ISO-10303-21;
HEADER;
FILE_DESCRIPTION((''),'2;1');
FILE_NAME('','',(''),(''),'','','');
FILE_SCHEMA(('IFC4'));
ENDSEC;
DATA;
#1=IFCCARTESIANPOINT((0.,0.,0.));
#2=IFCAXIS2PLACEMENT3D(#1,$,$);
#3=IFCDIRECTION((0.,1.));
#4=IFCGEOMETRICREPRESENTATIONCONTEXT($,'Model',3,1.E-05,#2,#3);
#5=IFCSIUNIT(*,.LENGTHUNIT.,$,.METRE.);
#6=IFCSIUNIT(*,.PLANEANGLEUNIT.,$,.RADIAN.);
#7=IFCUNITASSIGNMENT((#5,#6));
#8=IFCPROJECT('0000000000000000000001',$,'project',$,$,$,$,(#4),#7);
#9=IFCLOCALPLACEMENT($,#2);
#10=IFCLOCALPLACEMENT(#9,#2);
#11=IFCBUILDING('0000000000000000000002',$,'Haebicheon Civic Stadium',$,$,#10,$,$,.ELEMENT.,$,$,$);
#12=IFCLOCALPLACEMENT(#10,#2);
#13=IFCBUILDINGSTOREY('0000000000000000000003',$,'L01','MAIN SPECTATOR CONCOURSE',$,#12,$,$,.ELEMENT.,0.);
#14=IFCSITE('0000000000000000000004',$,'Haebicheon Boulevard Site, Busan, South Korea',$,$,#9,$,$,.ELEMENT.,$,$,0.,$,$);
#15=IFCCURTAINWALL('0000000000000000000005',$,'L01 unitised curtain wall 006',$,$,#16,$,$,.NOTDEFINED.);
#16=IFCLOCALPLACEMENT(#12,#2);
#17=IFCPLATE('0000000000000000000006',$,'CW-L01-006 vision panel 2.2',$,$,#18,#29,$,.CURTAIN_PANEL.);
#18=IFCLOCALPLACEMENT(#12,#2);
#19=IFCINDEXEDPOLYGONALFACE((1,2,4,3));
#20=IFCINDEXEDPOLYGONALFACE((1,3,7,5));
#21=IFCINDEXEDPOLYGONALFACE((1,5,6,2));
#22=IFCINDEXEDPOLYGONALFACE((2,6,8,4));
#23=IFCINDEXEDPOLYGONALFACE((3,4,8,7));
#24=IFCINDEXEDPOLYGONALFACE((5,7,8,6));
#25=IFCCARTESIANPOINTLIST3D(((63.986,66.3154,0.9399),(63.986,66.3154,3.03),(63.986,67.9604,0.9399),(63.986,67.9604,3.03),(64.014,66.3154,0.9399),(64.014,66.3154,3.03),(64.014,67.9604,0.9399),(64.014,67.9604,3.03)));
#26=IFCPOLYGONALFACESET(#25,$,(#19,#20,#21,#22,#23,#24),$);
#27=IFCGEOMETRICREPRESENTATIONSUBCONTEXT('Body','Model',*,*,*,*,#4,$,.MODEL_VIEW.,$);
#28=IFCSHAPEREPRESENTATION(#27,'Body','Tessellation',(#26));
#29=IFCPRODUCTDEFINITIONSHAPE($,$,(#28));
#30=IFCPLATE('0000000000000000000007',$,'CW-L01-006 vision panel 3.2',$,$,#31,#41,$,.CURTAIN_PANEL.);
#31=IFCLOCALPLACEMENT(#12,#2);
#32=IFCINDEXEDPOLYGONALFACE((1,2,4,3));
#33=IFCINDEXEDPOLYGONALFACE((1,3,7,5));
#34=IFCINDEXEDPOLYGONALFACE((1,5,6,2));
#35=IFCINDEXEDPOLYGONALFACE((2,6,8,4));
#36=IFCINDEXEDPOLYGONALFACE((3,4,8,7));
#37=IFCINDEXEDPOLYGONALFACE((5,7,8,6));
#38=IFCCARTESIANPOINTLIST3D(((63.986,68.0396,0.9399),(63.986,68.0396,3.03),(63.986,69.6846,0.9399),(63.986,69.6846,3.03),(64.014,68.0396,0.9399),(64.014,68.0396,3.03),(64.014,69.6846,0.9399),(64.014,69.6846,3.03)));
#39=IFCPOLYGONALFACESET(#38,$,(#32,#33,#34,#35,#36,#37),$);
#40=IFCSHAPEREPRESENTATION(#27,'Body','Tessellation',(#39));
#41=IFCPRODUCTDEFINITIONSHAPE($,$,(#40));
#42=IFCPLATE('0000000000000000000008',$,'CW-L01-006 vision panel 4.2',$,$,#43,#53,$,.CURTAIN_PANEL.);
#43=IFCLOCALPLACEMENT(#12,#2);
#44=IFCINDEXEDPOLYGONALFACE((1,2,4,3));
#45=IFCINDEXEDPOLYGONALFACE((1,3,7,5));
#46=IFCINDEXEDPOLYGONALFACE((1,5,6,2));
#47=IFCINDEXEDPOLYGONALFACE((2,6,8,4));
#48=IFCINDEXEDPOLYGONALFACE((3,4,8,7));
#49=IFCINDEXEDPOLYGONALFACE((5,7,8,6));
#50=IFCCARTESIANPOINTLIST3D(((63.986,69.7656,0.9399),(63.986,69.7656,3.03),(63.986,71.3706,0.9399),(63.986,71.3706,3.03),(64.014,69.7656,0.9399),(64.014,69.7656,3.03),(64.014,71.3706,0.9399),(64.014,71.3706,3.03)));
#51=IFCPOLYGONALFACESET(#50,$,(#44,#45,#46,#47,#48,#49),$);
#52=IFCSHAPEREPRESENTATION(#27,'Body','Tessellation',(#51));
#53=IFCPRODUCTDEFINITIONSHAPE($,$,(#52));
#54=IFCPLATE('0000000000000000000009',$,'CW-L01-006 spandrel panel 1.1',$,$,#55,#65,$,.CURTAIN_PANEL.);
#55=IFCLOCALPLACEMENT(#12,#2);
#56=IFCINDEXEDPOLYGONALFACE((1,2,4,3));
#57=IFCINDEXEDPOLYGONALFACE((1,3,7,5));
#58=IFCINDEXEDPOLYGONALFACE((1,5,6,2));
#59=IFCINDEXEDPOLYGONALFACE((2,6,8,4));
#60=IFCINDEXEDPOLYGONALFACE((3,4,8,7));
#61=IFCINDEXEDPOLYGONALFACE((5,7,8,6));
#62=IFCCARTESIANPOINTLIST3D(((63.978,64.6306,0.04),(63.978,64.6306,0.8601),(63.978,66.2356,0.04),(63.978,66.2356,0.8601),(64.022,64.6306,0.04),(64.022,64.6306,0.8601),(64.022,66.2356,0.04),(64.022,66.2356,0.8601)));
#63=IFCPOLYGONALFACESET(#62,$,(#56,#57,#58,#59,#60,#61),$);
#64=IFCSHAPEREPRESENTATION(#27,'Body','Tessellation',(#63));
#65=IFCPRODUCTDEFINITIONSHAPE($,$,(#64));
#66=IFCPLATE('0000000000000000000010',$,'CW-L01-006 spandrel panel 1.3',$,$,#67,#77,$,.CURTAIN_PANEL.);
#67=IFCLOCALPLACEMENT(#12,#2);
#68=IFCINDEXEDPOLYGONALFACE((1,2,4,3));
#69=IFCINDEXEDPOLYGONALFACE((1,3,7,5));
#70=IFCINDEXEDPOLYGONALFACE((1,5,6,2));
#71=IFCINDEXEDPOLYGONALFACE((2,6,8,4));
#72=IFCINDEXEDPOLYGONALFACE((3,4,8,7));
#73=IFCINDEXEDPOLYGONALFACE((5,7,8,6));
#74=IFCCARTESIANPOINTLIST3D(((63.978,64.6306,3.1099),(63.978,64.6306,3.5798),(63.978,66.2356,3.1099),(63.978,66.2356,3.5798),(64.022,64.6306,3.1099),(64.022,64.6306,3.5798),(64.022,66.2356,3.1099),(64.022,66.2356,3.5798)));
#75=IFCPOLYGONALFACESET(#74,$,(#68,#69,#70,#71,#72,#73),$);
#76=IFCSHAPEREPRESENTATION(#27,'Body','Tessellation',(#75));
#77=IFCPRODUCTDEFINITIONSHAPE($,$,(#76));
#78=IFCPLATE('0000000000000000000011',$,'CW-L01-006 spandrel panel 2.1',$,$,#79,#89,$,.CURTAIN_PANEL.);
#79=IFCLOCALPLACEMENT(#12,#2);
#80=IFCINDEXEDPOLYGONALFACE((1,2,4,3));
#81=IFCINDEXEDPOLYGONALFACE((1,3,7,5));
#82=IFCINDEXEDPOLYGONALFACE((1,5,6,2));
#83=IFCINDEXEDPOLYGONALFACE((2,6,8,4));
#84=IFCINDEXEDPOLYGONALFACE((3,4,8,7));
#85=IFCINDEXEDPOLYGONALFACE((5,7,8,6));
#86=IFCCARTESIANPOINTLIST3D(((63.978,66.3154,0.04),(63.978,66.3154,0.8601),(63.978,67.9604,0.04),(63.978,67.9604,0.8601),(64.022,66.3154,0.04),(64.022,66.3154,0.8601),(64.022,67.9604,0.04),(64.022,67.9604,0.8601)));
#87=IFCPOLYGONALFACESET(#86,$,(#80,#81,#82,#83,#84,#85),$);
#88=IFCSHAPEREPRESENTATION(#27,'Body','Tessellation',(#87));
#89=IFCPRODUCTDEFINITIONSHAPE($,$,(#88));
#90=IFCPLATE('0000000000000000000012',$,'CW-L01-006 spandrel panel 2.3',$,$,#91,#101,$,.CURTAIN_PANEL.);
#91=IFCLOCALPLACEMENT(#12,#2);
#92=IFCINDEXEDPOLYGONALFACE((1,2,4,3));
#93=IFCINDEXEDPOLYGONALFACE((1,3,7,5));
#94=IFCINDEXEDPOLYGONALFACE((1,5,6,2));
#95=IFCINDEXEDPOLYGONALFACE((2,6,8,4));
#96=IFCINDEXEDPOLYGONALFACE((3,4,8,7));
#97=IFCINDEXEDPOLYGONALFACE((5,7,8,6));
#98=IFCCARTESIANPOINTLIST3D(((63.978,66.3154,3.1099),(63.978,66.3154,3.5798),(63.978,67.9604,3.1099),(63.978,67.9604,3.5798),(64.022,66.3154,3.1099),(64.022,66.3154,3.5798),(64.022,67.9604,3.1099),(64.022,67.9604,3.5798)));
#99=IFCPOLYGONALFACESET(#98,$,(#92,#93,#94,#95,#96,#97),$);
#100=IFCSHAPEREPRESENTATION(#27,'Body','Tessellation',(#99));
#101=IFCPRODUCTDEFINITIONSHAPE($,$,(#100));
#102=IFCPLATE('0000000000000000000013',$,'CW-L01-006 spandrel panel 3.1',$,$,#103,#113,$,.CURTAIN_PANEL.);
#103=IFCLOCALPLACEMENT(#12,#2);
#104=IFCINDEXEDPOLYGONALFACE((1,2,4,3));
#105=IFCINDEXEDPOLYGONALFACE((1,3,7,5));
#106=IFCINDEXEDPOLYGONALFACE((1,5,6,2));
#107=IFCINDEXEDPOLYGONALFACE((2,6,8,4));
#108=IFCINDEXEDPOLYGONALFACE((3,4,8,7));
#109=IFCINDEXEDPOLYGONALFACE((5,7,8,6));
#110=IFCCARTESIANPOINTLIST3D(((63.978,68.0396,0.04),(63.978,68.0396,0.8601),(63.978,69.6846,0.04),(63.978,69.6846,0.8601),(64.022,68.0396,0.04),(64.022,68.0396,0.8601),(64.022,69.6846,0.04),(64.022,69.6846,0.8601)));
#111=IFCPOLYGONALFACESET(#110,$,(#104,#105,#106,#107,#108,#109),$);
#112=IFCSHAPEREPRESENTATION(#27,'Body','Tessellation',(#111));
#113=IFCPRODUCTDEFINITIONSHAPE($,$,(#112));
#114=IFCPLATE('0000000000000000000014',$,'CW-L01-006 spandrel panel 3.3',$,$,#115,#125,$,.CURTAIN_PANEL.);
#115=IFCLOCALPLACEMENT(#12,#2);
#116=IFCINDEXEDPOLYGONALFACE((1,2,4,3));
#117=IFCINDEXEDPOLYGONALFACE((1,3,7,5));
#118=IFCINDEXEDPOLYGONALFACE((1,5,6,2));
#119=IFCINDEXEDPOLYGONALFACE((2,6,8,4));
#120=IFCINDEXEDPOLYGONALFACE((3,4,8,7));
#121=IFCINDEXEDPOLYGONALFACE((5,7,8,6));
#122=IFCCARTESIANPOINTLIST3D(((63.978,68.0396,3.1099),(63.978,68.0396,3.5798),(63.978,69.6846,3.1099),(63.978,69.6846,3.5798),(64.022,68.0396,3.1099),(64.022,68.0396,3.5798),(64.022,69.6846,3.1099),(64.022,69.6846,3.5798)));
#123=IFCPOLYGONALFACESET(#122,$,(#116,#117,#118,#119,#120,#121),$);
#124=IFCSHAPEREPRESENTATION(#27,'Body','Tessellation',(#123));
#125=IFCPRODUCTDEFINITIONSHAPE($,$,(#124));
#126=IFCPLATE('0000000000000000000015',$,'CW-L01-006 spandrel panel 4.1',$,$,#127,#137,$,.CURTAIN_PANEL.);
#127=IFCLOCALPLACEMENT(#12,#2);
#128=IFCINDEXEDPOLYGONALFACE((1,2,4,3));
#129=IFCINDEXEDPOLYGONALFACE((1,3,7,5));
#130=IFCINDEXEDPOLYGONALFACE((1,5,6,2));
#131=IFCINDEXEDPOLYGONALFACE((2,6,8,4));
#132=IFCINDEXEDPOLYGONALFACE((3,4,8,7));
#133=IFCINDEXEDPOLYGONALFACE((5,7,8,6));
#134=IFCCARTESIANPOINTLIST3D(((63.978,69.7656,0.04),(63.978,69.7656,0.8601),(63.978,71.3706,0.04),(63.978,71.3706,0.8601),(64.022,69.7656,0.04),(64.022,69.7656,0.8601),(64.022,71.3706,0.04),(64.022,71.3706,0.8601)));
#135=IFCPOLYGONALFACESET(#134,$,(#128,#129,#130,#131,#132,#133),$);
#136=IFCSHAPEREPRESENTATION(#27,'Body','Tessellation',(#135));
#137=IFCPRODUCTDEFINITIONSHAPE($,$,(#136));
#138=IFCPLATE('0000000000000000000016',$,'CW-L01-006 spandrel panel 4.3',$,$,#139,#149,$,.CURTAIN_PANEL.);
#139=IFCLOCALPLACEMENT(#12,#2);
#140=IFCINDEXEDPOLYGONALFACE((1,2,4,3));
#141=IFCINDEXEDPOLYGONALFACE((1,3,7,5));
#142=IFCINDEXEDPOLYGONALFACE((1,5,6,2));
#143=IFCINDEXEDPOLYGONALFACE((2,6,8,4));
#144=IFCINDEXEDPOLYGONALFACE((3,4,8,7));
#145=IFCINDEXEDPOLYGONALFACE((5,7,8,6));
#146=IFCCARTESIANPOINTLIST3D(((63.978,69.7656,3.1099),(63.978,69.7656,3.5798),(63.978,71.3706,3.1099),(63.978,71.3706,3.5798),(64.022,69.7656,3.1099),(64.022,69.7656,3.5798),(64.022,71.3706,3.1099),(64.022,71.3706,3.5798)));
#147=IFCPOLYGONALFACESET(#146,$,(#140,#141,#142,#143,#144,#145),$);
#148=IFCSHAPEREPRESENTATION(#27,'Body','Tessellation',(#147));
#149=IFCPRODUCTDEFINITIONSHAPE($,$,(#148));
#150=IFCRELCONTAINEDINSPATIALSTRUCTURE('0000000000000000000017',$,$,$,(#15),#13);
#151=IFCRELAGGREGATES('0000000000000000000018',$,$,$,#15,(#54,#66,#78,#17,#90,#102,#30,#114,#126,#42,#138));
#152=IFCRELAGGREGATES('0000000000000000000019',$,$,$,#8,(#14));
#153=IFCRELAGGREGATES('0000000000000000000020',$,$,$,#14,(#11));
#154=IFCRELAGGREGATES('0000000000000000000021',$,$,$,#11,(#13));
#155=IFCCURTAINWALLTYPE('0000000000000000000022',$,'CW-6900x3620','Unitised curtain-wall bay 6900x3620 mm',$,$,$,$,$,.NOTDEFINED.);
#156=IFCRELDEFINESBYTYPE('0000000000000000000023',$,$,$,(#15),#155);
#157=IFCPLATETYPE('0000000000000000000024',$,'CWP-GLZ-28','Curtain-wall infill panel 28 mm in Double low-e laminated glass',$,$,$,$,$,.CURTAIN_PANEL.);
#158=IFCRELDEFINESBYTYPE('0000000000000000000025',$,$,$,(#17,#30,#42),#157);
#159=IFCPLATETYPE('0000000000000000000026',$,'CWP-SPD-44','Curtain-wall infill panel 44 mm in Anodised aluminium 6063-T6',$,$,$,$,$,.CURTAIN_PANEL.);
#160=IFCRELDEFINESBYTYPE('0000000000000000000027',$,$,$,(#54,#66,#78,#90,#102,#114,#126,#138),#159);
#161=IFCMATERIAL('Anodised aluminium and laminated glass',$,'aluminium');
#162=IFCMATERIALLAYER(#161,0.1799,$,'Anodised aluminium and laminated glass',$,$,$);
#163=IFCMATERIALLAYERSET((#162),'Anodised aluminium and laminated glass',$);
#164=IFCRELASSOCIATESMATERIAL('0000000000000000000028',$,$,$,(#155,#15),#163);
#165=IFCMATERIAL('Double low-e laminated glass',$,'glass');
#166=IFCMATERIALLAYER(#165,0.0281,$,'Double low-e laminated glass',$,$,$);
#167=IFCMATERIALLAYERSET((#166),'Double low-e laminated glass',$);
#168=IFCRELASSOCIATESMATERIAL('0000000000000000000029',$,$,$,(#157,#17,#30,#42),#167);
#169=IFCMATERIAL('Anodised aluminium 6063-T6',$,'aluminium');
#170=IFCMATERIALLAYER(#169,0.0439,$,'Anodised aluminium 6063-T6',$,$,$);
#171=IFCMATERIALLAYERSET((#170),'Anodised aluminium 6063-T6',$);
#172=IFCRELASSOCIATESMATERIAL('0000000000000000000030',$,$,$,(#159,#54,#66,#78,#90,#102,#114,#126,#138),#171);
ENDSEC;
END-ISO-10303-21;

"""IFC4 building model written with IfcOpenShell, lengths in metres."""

from ifc_helpers import new_model, si_unit, direction, frame, origin, origin_2d, place, context, subcontext, project, spatial, rectangle, extrude, material, layer, layer_set, type_object, element, aggregate, save


model = new_model("IFC4")

# Units and contexts
model_context = context("Model", 3, precision=1e-05, world=origin(), true_north=direction((0.0, 1.0)))
body_context = subcontext(model_context, "Body", "Model", "MODEL_VIEW")
ifc_project = project(units=[si_unit("LENGTHUNIT", "METRE"), si_unit("PLANEANGLEUNIT", "RADIAN")], contexts=[model_context])

# Site, building, storey
site_placement = place(None, origin())
site = spatial("IfcSite", under=ifc_project, at=site_placement, Name="Haebicheon Boulevard Site, Busan, South Korea", CompositionType="ELEMENT", RefElevation=0.0)
building_placement = place(site_placement, origin())
building = spatial("IfcBuilding", under=site, at=building_placement, Name="Haebicheon Civic Stadium", CompositionType="ELEMENT")
storey_placement = place(building_placement, origin())
storey = spatial("IfcBuildingStorey", under=building, at=storey_placement, Name="L01", Description="MAIN SPECTATOR CONCOURSE", CompositionType="ELEMENT", Elevation=0.0)

# Curtain wall
ifc_material_1 = material(Name="Anodised aluminium and laminated glass", Category="aluminium")
ifc_layer_1 = layer(ifc_material_1, 0.1799, Name="Anodised aluminium and laminated glass")
ifc_layer_set_1 = layer_set([ifc_layer_1], Name="Anodised aluminium and laminated glass")
curtain_wall_type = type_object("IfcCurtainWallType", Name="CW-6900x3620", Description="Unitised curtain-wall bay 6900x3620 mm", PredefinedType="NOTDEFINED", material=ifc_layer_set_1)
curtain_wall_placement = place(storey_placement, origin())
curtain_wall = element("IfcCurtainWall", 1, at=curtain_wall_placement, inside=storey, type_object=curtain_wall_type, material=ifc_layer_set_1, Name="L01 unitised curtain wall 006", PredefinedType="NOTDEFINED")

# Plates
ifc_material_2 = material(Name="Double low-e laminated glass", Category="glass")
ifc_layer_2 = layer(ifc_material_2, 0.0281, Name="Double low-e laminated glass")
ifc_layer_set_2 = layer_set([ifc_layer_2], Name="Double low-e laminated glass")
plate_type_1 = type_object("IfcPlateType", Name="CWP-GLZ-28", Description="Curtain-wall infill panel 28 mm in Double low-e laminated glass", PredefinedType="CURTAIN_PANEL", material=ifc_layer_set_2)
plate_1_placement = place(storey_placement, frame((64.0, 67.1379, 0.9399), z_axis=(0.0, 0.0, 1.0), x_axis=(0.0, 1.0, 0.0)))
plate_1 = element("IfcPlate", 2, at=plate_1_placement, type_object=plate_type_1, material=ifc_layer_set_2, Name="CW-L01-006 vision panel 2.2", PredefinedType="CURTAIN_PANEL", context=body_context, shape_type="SweptSolid", body=[
    extrude(rectangle(XDim=1.645, YDim=0.0281, at=origin_2d()), origin(), (0.0, 0.0, 1.0), 2.0901),
])
plate_2_placement = place(storey_placement, frame((64.0, 68.8621, 0.9399), z_axis=(0.0, 0.0, 1.0), x_axis=(0.0, 1.0, 0.0)))
plate_2 = element("IfcPlate", 3, at=plate_2_placement, type_object=plate_type_1, material=ifc_layer_set_2, Name="CW-L01-006 vision panel 3.2", PredefinedType="CURTAIN_PANEL", context=body_context, shape_type="SweptSolid", body=[
    extrude(rectangle(XDim=1.645, YDim=0.0281, at=origin_2d()), origin(), (0.0, 0.0, 1.0), 2.0901),
])
plate_3_placement = place(storey_placement, frame((64.0, 70.5681, 0.9399), z_axis=(0.0, 0.0, 1.0), x_axis=(0.0, 1.0, 0.0)))
plate_3 = element("IfcPlate", 4, at=plate_3_placement, type_object=plate_type_1, material=ifc_layer_set_2, Name="CW-L01-006 vision panel 4.2", PredefinedType="CURTAIN_PANEL", context=body_context, shape_type="SweptSolid", body=[
    extrude(rectangle(XDim=1.605, YDim=0.0281, at=origin_2d()), origin(), (0.0, 0.0, 1.0), 2.0901),
])
ifc_material_3 = material(Name="Anodised aluminium 6063-T6", Category="aluminium")
ifc_layer_3 = layer(ifc_material_3, 0.0439, Name="Anodised aluminium 6063-T6")
ifc_layer_set_3 = layer_set([ifc_layer_3], Name="Anodised aluminium 6063-T6")
plate_type_2 = type_object("IfcPlateType", Name="CWP-SPD-44", Description="Curtain-wall infill panel 44 mm in Anodised aluminium 6063-T6", PredefinedType="CURTAIN_PANEL", material=ifc_layer_set_3)
plate_4_placement = place(storey_placement, frame((64.0, 65.4331, 0.04), z_axis=(0.0, 0.0, 1.0), x_axis=(0.0, 1.0, 0.0)))
plate_4 = element("IfcPlate", 5, at=plate_4_placement, type_object=plate_type_2, material=ifc_layer_set_3, Name="CW-L01-006 spandrel panel 1.1", PredefinedType="CURTAIN_PANEL", context=body_context, shape_type="SweptSolid", body=[
    extrude(rectangle(XDim=1.605, YDim=0.0439, at=origin_2d()), origin(), (0.0, 0.0, 1.0), 0.8201),
])
plate_5_placement = place(storey_placement, frame((64.0, 65.4331, 3.1099), z_axis=(0.0, 0.0, 1.0), x_axis=(0.0, 1.0, 0.0)))
plate_5 = element("IfcPlate", 6, at=plate_5_placement, type_object=plate_type_2, material=ifc_layer_set_3, Name="CW-L01-006 spandrel panel 1.3", PredefinedType="CURTAIN_PANEL", context=body_context, shape_type="SweptSolid", body=[
    extrude(rectangle(XDim=1.605, YDim=0.0439, at=origin_2d()), origin(), (0.0, 0.0, 1.0), 0.47),
])
plate_6_placement = place(storey_placement, frame((64.0, 67.1379, 0.04), z_axis=(0.0, 0.0, 1.0), x_axis=(0.0, 1.0, 0.0)))
plate_6 = element("IfcPlate", 7, at=plate_6_placement, type_object=plate_type_2, material=ifc_layer_set_3, Name="CW-L01-006 spandrel panel 2.1", PredefinedType="CURTAIN_PANEL", context=body_context, shape_type="SweptSolid", body=[
    extrude(rectangle(XDim=1.645, YDim=0.0439, at=origin_2d()), origin(), (0.0, 0.0, 1.0), 0.8201),
])
plate_7_placement = place(storey_placement, frame((64.0, 67.1379, 3.1099), z_axis=(0.0, 0.0, 1.0), x_axis=(0.0, 1.0, 0.0)))
plate_7 = element("IfcPlate", 8, at=plate_7_placement, type_object=plate_type_2, material=ifc_layer_set_3, Name="CW-L01-006 spandrel panel 2.3", PredefinedType="CURTAIN_PANEL", context=body_context, shape_type="SweptSolid", body=[
    extrude(rectangle(XDim=1.645, YDim=0.0439, at=origin_2d()), origin(), (0.0, 0.0, 1.0), 0.47),
])
plate_8_placement = place(storey_placement, frame((64.0, 68.8621, 0.04), z_axis=(0.0, 0.0, 1.0), x_axis=(0.0, 1.0, 0.0)))
plate_8 = element("IfcPlate", 9, at=plate_8_placement, type_object=plate_type_2, material=ifc_layer_set_3, Name="CW-L01-006 spandrel panel 3.1", PredefinedType="CURTAIN_PANEL", context=body_context, shape_type="SweptSolid", body=[
    extrude(rectangle(XDim=1.645, YDim=0.0439, at=origin_2d()), origin(), (0.0, 0.0, 1.0), 0.8201),
])
plate_9_placement = place(storey_placement, frame((64.0, 68.8621, 3.1099), z_axis=(0.0, 0.0, 1.0), x_axis=(0.0, 1.0, 0.0)))
plate_9 = element("IfcPlate", 10, at=plate_9_placement, type_object=plate_type_2, material=ifc_layer_set_3, Name="CW-L01-006 spandrel panel 3.3", PredefinedType="CURTAIN_PANEL", context=body_context, shape_type="SweptSolid", body=[
    extrude(rectangle(XDim=1.645, YDim=0.0439, at=origin_2d()), origin(), (0.0, 0.0, 1.0), 0.47),
])
plate_10_placement = place(storey_placement, frame((64.0, 70.5681, 0.04), z_axis=(0.0, 0.0, 1.0), x_axis=(0.0, 1.0, 0.0)))
plate_10 = element("IfcPlate", 11, at=plate_10_placement, type_object=plate_type_2, material=ifc_layer_set_3, Name="CW-L01-006 spandrel panel 4.1", PredefinedType="CURTAIN_PANEL", context=body_context, shape_type="SweptSolid", body=[
    extrude(rectangle(XDim=1.605, YDim=0.0439, at=origin_2d()), origin(), (0.0, 0.0, 1.0), 0.8201),
])
plate_11_placement = place(storey_placement, frame((64.0, 70.5681, 3.1099), z_axis=(0.0, 0.0, 1.0), x_axis=(0.0, 1.0, 0.0)))
plate_11 = element("IfcPlate", 12, at=plate_11_placement, type_object=plate_type_2, material=ifc_layer_set_3, Name="CW-L01-006 spandrel panel 4.3", PredefinedType="CURTAIN_PANEL", context=body_context, shape_type="SweptSolid", body=[
    extrude(rectangle(XDim=1.605, YDim=0.0439, at=origin_2d()), origin(), (0.0, 0.0, 1.0), 0.47),
])
aggregate(curtain_wall, [plate_4, plate_5, plate_6, plate_1, plate_7, plate_8, plate_2, plate_9, plate_10, plate_3, plate_11])

save(model, "model.ifc")
